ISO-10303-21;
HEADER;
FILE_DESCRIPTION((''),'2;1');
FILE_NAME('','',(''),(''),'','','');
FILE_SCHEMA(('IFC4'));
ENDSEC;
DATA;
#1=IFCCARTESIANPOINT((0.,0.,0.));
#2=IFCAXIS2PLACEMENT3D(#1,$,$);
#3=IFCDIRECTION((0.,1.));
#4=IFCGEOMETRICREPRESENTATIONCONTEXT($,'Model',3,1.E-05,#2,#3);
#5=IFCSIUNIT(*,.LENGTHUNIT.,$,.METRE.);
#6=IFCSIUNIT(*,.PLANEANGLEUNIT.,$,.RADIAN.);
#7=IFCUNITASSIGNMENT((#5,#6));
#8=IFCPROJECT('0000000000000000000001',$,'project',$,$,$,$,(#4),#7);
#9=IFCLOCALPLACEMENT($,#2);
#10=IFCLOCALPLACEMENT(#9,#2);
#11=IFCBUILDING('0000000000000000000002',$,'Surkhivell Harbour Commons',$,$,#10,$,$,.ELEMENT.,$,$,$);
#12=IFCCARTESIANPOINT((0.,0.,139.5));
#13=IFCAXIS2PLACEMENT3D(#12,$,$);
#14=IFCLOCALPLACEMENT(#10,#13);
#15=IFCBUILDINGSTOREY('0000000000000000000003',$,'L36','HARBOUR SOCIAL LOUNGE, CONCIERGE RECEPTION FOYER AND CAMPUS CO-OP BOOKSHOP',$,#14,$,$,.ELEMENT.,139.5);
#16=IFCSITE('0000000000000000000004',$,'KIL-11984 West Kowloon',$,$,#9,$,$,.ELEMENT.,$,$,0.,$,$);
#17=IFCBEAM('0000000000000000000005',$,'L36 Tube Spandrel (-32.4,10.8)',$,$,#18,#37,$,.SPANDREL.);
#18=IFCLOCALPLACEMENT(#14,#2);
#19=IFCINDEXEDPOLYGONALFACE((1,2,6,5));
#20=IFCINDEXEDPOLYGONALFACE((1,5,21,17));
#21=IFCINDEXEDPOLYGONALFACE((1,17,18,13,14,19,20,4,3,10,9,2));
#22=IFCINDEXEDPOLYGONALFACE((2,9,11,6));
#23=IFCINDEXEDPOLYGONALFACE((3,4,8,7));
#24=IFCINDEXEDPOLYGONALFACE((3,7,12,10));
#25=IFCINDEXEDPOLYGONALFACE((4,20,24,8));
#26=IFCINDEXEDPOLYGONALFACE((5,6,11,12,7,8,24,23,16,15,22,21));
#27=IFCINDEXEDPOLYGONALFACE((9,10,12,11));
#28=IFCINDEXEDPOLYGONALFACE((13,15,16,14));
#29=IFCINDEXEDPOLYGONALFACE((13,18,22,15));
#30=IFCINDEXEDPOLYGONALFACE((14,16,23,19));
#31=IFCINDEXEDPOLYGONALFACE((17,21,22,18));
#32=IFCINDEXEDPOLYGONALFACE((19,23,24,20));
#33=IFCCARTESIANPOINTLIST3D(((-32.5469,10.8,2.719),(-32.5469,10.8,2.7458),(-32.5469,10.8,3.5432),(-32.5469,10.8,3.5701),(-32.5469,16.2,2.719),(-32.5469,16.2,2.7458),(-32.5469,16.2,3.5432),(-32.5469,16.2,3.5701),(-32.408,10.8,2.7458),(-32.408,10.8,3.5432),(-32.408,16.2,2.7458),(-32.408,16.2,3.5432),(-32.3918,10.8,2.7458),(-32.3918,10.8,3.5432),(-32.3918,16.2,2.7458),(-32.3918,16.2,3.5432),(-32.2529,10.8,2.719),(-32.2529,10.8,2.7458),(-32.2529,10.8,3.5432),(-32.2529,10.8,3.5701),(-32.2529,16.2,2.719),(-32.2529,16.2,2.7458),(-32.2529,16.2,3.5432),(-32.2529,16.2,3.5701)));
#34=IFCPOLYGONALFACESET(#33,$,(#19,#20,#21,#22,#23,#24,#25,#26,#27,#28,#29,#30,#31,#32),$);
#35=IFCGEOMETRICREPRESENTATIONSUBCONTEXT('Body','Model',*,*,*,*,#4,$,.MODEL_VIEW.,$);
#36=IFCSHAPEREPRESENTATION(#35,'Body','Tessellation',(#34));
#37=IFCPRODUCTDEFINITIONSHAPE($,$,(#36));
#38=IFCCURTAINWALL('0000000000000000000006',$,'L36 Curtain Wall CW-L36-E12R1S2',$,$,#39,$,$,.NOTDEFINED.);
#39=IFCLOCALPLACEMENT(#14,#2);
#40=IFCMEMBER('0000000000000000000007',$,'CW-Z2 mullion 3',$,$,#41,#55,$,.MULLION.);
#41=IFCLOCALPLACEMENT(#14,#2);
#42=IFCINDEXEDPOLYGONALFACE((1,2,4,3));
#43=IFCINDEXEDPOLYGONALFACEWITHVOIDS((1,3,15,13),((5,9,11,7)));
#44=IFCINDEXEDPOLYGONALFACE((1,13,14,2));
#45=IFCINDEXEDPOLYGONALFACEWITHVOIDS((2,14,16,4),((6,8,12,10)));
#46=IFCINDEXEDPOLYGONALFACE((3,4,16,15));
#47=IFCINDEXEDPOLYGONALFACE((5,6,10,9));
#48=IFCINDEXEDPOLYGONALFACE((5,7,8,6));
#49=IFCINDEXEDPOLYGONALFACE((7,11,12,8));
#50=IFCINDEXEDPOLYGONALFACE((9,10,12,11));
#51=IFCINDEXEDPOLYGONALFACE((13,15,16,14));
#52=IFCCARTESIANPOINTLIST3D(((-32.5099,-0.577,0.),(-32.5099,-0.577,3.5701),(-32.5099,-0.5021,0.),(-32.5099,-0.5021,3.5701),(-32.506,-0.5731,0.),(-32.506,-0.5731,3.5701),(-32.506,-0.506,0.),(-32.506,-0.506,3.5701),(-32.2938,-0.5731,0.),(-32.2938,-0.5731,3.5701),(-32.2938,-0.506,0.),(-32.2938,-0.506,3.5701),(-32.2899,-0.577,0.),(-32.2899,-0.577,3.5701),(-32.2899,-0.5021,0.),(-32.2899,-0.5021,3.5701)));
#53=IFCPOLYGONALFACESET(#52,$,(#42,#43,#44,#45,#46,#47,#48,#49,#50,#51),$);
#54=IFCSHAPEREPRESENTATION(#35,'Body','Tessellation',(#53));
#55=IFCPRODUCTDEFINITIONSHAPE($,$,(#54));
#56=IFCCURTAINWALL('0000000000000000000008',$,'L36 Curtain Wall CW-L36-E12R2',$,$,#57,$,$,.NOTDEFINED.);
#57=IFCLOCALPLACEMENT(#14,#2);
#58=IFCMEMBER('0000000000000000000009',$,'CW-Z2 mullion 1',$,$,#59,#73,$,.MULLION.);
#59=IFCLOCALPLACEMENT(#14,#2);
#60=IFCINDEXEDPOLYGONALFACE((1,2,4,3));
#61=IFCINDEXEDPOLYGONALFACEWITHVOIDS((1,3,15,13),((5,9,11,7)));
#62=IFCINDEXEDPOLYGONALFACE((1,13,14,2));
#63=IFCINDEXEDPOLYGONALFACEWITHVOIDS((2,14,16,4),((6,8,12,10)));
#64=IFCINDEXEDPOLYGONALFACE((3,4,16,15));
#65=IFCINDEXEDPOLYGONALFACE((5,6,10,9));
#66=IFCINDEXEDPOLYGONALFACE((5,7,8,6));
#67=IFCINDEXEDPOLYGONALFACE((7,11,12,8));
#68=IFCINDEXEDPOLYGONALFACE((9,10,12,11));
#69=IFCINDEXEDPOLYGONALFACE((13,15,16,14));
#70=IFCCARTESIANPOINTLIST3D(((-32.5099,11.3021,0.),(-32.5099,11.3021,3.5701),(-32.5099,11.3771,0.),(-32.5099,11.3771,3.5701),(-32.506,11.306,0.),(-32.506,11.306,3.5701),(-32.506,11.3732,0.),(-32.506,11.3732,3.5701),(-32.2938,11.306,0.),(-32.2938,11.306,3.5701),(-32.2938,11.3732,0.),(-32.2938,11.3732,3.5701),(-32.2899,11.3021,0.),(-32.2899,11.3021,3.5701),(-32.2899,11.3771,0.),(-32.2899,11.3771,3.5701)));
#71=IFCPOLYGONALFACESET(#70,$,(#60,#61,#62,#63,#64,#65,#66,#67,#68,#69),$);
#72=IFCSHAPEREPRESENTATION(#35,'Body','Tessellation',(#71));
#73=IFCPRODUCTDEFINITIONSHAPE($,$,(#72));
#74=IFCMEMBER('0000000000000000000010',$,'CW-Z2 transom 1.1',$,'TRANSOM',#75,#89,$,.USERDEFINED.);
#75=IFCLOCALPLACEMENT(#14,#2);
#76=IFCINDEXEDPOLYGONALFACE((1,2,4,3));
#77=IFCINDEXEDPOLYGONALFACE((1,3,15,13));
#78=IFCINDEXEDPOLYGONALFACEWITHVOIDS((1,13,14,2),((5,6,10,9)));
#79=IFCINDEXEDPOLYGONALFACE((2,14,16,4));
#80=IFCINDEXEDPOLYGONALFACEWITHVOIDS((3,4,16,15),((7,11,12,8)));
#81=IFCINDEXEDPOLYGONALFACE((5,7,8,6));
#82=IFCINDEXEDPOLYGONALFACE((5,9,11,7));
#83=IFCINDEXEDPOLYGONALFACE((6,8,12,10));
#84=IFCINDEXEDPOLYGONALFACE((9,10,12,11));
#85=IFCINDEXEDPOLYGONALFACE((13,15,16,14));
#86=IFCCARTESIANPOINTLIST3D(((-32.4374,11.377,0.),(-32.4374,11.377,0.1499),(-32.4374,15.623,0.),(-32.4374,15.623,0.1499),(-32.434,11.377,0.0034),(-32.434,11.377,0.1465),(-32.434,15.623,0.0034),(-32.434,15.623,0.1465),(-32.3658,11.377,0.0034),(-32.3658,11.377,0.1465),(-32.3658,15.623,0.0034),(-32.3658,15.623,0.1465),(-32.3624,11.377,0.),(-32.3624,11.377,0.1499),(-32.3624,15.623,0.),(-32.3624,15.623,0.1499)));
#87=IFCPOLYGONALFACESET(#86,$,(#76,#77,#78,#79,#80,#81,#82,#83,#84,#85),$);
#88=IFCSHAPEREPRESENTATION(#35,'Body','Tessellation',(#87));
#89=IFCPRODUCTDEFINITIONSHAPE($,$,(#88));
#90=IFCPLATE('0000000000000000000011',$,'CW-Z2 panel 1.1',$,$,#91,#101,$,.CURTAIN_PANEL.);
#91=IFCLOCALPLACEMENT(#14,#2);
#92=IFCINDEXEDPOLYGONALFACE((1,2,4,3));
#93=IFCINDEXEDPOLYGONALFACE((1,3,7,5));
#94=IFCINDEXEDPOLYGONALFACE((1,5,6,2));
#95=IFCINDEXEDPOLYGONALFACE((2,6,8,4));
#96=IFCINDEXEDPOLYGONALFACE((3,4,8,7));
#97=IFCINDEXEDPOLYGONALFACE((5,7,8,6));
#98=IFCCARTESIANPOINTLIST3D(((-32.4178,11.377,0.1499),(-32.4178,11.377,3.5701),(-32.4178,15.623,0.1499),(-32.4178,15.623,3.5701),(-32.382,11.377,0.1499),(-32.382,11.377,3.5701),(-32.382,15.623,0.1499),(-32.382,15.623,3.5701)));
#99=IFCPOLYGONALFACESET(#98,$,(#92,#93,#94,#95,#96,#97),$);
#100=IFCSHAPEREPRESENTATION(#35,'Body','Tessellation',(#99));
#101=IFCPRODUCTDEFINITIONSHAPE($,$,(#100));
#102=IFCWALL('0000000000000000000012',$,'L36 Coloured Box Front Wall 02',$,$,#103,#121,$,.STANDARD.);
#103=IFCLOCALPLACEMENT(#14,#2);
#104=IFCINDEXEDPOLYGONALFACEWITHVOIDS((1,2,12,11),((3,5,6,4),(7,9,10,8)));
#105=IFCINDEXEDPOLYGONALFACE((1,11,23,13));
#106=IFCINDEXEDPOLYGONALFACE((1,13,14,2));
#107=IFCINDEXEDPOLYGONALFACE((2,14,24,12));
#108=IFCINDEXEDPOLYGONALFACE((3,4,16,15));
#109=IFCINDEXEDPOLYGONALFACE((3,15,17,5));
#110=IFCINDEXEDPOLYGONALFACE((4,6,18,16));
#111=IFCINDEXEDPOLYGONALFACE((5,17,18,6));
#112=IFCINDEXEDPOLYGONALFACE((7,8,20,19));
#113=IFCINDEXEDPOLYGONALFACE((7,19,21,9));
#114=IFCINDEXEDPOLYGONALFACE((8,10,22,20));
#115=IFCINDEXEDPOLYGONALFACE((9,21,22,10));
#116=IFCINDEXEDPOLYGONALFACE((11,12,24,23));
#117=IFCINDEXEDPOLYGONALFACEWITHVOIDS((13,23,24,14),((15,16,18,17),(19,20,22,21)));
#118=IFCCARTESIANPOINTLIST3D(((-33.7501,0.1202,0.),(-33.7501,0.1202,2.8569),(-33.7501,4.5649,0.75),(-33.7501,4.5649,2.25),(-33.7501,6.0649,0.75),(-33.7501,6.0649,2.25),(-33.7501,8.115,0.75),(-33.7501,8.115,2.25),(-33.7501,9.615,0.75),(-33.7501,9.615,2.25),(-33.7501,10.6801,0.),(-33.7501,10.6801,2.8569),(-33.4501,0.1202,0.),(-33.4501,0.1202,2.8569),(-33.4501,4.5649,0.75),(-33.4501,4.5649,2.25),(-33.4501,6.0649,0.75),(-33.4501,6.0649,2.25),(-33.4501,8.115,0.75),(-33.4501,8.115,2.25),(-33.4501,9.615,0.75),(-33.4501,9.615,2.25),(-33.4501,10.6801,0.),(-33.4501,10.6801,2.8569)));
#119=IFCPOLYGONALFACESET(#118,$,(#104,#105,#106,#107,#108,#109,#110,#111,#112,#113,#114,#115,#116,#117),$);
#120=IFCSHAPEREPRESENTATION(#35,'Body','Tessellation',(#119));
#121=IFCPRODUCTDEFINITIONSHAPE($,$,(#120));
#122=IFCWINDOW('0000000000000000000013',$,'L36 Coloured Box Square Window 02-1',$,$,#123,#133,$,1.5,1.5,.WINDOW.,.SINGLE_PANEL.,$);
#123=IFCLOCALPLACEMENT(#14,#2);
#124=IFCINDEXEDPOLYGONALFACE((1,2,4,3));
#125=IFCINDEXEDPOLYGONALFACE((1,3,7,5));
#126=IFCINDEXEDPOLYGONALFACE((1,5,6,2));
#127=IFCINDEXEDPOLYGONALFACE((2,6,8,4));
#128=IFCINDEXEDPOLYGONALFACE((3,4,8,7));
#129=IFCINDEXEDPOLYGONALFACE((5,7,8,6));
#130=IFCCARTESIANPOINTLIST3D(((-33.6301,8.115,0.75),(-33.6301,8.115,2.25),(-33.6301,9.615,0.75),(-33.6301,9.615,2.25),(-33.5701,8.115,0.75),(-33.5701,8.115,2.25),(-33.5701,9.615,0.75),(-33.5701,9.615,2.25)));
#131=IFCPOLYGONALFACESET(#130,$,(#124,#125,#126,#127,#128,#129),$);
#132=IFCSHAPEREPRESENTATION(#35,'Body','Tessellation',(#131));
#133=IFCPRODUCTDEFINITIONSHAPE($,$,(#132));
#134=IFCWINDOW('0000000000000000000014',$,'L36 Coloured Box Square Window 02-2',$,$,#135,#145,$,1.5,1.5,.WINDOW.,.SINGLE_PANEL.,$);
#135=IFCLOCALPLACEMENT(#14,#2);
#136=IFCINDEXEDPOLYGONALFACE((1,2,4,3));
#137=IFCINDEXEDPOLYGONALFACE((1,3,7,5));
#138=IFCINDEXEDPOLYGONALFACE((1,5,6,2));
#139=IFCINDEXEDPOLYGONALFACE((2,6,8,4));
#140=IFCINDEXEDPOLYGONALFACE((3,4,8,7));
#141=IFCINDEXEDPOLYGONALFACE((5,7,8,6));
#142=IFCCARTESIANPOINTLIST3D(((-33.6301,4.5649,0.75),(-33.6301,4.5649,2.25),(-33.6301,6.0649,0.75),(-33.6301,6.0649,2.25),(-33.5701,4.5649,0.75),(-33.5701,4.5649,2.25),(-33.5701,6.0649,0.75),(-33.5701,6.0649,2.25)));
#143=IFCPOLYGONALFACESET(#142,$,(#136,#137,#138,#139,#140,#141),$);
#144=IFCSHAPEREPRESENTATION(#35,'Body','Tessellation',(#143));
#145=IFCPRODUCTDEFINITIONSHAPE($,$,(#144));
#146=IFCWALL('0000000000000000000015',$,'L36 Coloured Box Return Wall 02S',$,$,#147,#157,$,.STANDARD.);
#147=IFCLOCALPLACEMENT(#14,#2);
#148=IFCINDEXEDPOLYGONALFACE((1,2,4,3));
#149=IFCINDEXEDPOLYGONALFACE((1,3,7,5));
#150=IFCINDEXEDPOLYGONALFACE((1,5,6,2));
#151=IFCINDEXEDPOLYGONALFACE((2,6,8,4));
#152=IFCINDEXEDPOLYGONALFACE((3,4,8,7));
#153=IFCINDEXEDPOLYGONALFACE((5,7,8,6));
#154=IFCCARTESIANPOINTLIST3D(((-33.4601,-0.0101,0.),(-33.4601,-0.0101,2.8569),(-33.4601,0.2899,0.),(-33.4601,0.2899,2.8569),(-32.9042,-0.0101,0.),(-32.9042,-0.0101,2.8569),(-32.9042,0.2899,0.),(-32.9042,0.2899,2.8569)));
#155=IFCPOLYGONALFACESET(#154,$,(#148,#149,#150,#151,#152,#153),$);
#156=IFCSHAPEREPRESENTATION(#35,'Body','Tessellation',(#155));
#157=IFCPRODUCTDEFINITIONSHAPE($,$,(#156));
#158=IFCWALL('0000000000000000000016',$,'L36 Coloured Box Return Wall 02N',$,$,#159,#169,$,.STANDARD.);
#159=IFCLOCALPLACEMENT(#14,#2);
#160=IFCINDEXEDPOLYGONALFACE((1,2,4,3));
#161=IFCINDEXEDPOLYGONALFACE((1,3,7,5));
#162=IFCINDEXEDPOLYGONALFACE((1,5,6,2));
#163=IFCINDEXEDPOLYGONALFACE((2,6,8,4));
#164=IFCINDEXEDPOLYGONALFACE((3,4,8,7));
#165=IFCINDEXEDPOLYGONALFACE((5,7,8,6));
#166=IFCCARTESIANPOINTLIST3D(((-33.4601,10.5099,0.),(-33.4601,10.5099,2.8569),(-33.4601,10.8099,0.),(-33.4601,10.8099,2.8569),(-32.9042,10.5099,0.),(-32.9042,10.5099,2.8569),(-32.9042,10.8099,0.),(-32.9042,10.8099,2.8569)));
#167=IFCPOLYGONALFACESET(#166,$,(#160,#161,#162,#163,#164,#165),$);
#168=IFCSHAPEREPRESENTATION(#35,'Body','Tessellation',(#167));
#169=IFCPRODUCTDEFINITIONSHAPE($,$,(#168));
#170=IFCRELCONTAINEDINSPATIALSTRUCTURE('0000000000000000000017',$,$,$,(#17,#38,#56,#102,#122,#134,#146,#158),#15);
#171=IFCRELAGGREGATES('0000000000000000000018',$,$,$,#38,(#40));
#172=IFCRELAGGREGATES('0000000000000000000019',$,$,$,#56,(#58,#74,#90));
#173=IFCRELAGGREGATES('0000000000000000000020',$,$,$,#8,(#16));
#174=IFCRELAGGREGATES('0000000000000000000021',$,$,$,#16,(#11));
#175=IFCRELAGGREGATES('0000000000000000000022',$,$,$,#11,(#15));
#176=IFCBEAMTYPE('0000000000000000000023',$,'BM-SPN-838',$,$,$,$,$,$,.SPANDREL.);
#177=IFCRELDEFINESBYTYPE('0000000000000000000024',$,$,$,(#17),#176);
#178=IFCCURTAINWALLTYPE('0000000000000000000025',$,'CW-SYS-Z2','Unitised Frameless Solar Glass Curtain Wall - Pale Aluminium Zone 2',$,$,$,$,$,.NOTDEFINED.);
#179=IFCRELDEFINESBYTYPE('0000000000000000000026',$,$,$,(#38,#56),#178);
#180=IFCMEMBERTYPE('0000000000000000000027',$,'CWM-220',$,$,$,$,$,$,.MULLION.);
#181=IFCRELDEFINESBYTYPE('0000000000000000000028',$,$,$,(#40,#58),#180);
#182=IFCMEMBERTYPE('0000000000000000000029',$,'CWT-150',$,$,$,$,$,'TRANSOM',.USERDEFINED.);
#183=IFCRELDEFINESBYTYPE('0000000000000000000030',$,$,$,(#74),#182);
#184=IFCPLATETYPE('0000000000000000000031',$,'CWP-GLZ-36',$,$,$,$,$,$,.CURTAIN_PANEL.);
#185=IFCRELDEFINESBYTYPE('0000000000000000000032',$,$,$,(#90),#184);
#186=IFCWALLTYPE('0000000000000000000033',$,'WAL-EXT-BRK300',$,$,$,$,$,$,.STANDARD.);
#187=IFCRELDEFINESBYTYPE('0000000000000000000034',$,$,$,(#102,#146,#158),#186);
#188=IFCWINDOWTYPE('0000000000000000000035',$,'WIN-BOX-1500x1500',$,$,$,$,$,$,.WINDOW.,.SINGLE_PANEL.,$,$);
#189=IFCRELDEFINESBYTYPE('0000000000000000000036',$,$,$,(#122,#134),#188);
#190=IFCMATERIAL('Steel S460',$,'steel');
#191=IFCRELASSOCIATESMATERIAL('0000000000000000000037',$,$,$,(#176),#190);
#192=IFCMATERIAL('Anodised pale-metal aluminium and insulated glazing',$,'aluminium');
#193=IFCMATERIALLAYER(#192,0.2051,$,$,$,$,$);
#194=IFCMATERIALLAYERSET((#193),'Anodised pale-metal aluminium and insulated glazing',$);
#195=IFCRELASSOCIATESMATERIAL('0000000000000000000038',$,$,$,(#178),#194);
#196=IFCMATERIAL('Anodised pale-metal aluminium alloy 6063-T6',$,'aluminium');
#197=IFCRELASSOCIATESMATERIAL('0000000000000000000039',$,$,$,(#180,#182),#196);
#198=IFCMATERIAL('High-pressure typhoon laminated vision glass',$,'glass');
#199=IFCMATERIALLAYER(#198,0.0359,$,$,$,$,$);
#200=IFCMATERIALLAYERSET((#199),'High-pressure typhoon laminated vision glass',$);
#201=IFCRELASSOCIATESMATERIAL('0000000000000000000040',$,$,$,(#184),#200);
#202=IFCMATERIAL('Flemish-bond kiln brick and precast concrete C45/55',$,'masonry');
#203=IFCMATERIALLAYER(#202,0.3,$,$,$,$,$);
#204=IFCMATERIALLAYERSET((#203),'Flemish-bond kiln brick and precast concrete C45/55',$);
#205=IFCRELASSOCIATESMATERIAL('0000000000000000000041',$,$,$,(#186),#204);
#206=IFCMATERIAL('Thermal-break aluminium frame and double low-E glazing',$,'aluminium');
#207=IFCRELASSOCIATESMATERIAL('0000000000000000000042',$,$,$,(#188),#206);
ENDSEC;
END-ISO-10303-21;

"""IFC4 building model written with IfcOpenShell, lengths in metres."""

from ifc_helpers import new_model, si_unit, direction, frame, frame_2d, origin, origin_2d, place, context, subcontext, project, spatial, rectangle, hollow_rectangle, i_section, extrude, material, layer, layer_set, material_profile, profile_set, type_object, element, fill, aggregate, save


model = new_model("IFC4")

# Units and contexts
model_context = context("Model", 3, precision=1e-05, world=origin(), true_north=direction((0.0, 1.0)))
body_context = subcontext(model_context, "Body", "Model", "MODEL_VIEW")
ifc_project = project(units=[si_unit("LENGTHUNIT", "METRE"), si_unit("PLANEANGLEUNIT", "RADIAN")], contexts=[model_context])

# Site, building, storey
site_placement = place(None, origin())
site = spatial("IfcSite", under=ifc_project, at=site_placement, Name="KIL-11984 West Kowloon", CompositionType="ELEMENT", RefElevation=0.0)
building_placement = place(site_placement, origin())
building = spatial("IfcBuilding", under=site, at=building_placement, Name="Surkhivell Harbour Commons", CompositionType="ELEMENT")
storey_placement = place(building_placement, frame((0.0, 0.0, 139.5)))
storey = spatial("IfcBuildingStorey", under=building, at=storey_placement, Name="L36", Description="HARBOUR SOCIAL LOUNGE, CONCIERGE RECEPTION FOYER AND CAMPUS CO-OP BOOKSHOP", CompositionType="ELEMENT", Elevation=139.5)

# Beam
ifc_material_1 = material(Name="Steel S460", Category="steel")
ifc_material_profile_1 = material_profile(ifc_material_1, i_section(OverallWidth=0.2939, OverallDepth=0.8511, WebThickness=0.0161, FlangeThickness=0.0269, at=origin_2d()), Name="UB838x292x226")
ifc_profile_set_1 = profile_set([ifc_material_profile_1], Name="Steel S460")
beam_type_1 = type_object("IfcBeamType", Name="BM-SPN-838", PredefinedType="SPANDREL", material=ifc_profile_set_1)
beam_1_placement = place(storey_placement, frame((-32.3999, 10.8, 3.1445), z_axis=(0.0, 1.0, 0.0), x_axis=(-1.0, 0.0, 0.0)))
element("IfcBeam", 1, at=beam_1_placement, inside=storey, type_object=beam_type_1, Name="L36 Tube Spandrel (-32.4,10.8)", PredefinedType="SPANDREL", context=body_context, shape_type="SweptSolid", body=[
    extrude(i_section(OverallWidth=0.2939, OverallDepth=0.8511, WebThickness=0.0161, FlangeThickness=0.0269, at=origin_2d()), origin(), (0.0, 0.0, 1.0), 5.3999),
])

# Curtain wall, member
ifc_material_2 = material(Name="Anodised pale-metal aluminium and insulated glazing", Category="aluminium")
ifc_layer_1 = layer(ifc_material_2, 0.2051)
ifc_layer_set_1 = layer_set([ifc_layer_1], Name="Anodised pale-metal aluminium and insulated glazing")
curtain_wall_type = type_object("IfcCurtainWallType", Name="CW-SYS-Z2", Description="Unitised Frameless Solar Glass Curtain Wall - Pale Aluminium Zone 2", PredefinedType="NOTDEFINED", material=ifc_layer_set_1)
curtain_wall_1_placement = place(storey_placement, origin())
curtain_wall_1 = element("IfcCurtainWall", 2, at=curtain_wall_1_placement, inside=storey, type_object=curtain_wall_type, Name="L36 Curtain Wall CW-L36-E12R1S2", PredefinedType="NOTDEFINED")
ifc_material_3 = material(Name="Anodised pale-metal aluminium alloy 6063-T6", Category="aluminium")
ifc_material_profile_2 = material_profile(ifc_material_3, hollow_rectangle(XDim=0.075, YDim=0.22, WallThickness=0.0039, at=origin_2d()), Name="ALU-MULL-75x220")
ifc_profile_set_2 = profile_set([ifc_material_profile_2], Name="Anodised pale-metal aluminium alloy 6063-T6")
member_type_1 = type_object("IfcMemberType", Name="CWM-220", PredefinedType="MULLION", material=ifc_profile_set_2)
member_1_placement = place(storey_placement, frame((-32.3999, -0.5396, 0.0), z_axis=(0.0, 0.0, 1.0), x_axis=(0.0, 1.0, 0.0)))
member_1 = element("IfcMember", 3, at=member_1_placement, type_object=member_type_1, Name="CW-Z2 mullion 3", PredefinedType="MULLION", context=body_context, shape_type="SweptSolid", body=[
    extrude(hollow_rectangle(XDim=0.075, YDim=0.22, WallThickness=0.0039, at=origin_2d()), origin(), (0.0, 0.0, 1.0), 3.5701),
])
aggregate(curtain_wall_1, [member_1])

# Curtain wall, members, plate
curtain_wall_2_placement = place(storey_placement, origin())
curtain_wall_2 = element("IfcCurtainWall", 4, at=curtain_wall_2_placement, inside=storey, type_object=curtain_wall_type, Name="L36 Curtain Wall CW-L36-E12R2", PredefinedType="NOTDEFINED")
member_2_placement = place(storey_placement, frame((-32.3999, 11.3396, 0.0), z_axis=(0.0, 0.0, 1.0), x_axis=(0.0, 1.0, 0.0)))
member_2 = element("IfcMember", 5, at=member_2_placement, type_object=member_type_1, Name="CW-Z2 mullion 1", PredefinedType="MULLION", context=body_context, shape_type="SweptSolid", body=[
    extrude(hollow_rectangle(XDim=0.075, YDim=0.22, WallThickness=0.0039, at=origin_2d()), origin(), (0.0, 0.0, 1.0), 3.5701),
])
ifc_material_profile_3 = material_profile(ifc_material_3, hollow_rectangle(XDim=0.075, YDim=0.1499, WallThickness=0.0034, at=origin_2d()), Name="ALU-TRAN-75x150")
ifc_profile_set_3 = profile_set([ifc_material_profile_3], Name="Anodised pale-metal aluminium alloy 6063-T6")
member_type_2 = type_object("IfcMemberType", Name="CWT-150", ElementType="TRANSOM", PredefinedType="USERDEFINED", material=ifc_profile_set_3)
member_3_placement = place(storey_placement, frame((-32.3999, 11.377, 0.075), z_axis=(0.0, 1.0, 0.0), x_axis=(-1.0, 0.0, 0.0)))
member_3 = element("IfcMember", 6, at=member_3_placement, type_object=member_type_2, Name="CW-Z2 transom 1.1", ObjectType="TRANSOM", PredefinedType="USERDEFINED", context=body_context, shape_type="SweptSolid", body=[
    extrude(hollow_rectangle(XDim=0.075, YDim=0.1499, WallThickness=0.0034, at=origin_2d()), origin(), (0.0, 0.0, 1.0), 4.2461),
])
ifc_material_4 = material(Name="High-pressure typhoon laminated vision glass", Category="glass")
ifc_layer_2 = layer(ifc_material_4, 0.0359)
ifc_layer_set_2 = layer_set([ifc_layer_2], Name="High-pressure typhoon laminated vision glass")
plate_type = type_object("IfcPlateType", Name="CWP-GLZ-36", PredefinedType="CURTAIN_PANEL", material=ifc_layer_set_2)
plate_placement = place(storey_placement, frame((-32.3999, 11.377, 0.1499), z_axis=(0.0, 0.0, 1.0), x_axis=(0.0, 1.0, 0.0)))
plate = element("IfcPlate", 7, at=plate_placement, type_object=plate_type, Name="CW-Z2 panel 1.1", PredefinedType="CURTAIN_PANEL", context=body_context, shape_type="SweptSolid", body=[
    extrude(rectangle(XDim=4.2461, YDim=0.0359, at=frame_2d((2.123, 0.0))), origin(), (0.0, 0.0, 1.0), 3.4202),
])
aggregate(curtain_wall_2, [member_2, member_3, plate])

# Wall, openings, windows
ifc_material_5 = material(Name="Flemish-bond kiln brick and precast concrete C45/55", Category="masonry")
ifc_layer_3 = layer(ifc_material_5, 0.3)
ifc_layer_set_3 = layer_set([ifc_layer_3], Name="Flemish-bond kiln brick and precast concrete C45/55")
wall_type_1 = type_object("IfcWallType", Name="WAL-EXT-BRK300", PredefinedType="STANDARD", material=ifc_layer_set_3)
wall_1_placement = place(storey_placement, frame((-33.6001, 10.6799, 0.0), z_axis=(0.0, 0.0, 1.0), x_axis=(0.0, -1.0, 0.0)))
wall_1 = element("IfcWall", 8, at=wall_1_placement, inside=storey, type_object=wall_type_1, Name="L36 Coloured Box Front Wall 02", PredefinedType="STANDARD", context=body_context, shape_type="SweptSolid", body=[
    extrude(rectangle(XDim=10.5598, YDim=0.3, at=frame_2d((5.2798, 0.0))), origin(), (0.0, 0.0, 1.0), 2.8569),
])
opening_1_placement = place(wall_1_placement, frame((1.0649, 0.0, 0.75)))
opening_1 = element("IfcOpeningElement", 9, at=opening_1_placement, cuts=wall_1, PredefinedType="OPENING", context=body_context, shape_type="SweptSolid", body=[
    extrude(rectangle(XDim=1.5, YDim=1.5, at=frame_2d((0.75, 0.75))), frame((0.0, 0.1599, 0.0), z_axis=(0.0, -1.0, 0.0), x_axis=(1.0, 0.0, 0.0)), (0.0, 0.0, 1.0), 0.3201),
])
opening_2_placement = place(wall_1_placement, frame((4.615, 0.0, 0.75)))
opening_2 = element("IfcOpeningElement", 10, at=opening_2_placement, cuts=wall_1, PredefinedType="OPENING", context=body_context, shape_type="SweptSolid", body=[
    extrude(rectangle(XDim=1.5, YDim=1.5, at=frame_2d((0.75, 0.75))), frame((0.0, 0.1599, 0.0), z_axis=(0.0, -1.0, 0.0), x_axis=(1.0, 0.0, 0.0)), (0.0, 0.0, 1.0), 0.3201),
])
ifc_material_6 = material(Name="Thermal-break aluminium frame and double low-E glazing", Category="aluminium")
window_type = type_object("IfcWindowType", Name="WIN-BOX-1500x1500", PartitioningType="SINGLE_PANEL", PredefinedType="WINDOW", material=ifc_material_6)
window_1_placement = place(opening_1_placement, origin())
window_1 = element("IfcWindow", 11, at=window_1_placement, inside=storey, type_object=window_type, Name="L36 Coloured Box Square Window 02-1", OverallHeight=1.5, OverallWidth=1.5, PartitioningType="SINGLE_PANEL", PredefinedType="WINDOW", context=body_context, shape_type="SweptSolid", body=[
    extrude(rectangle(XDim=1.5, YDim=1.5, at=frame_2d((0.75, 0.75))), frame((0.0, 0.03, 0.0), z_axis=(0.0, -1.0, 0.0), x_axis=(1.0, 0.0, 0.0)), (0.0, 0.0, 1.0), 0.0601),
])
fill(opening_1, window_1)
window_2_placement = place(opening_2_placement, origin())
window_2 = element("IfcWindow", 12, at=window_2_placement, inside=storey, type_object=window_type, Name="L36 Coloured Box Square Window 02-2", OverallHeight=1.5, OverallWidth=1.5, PartitioningType="SINGLE_PANEL", PredefinedType="WINDOW", context=body_context, shape_type="SweptSolid", body=[
    extrude(rectangle(XDim=1.5, YDim=1.5, at=frame_2d((0.75, 0.75))), frame((0.0, 0.03, 0.0), z_axis=(0.0, -1.0, 0.0), x_axis=(1.0, 0.0, 0.0)), (0.0, 0.0, 1.0), 0.0601),
])
fill(opening_2, window_2)

# Walls
for number, where, z_axis, x_axis, name in (
    (13, (-33.46, 0.1399, 0.0), (0.0, 0.0, 1.0), (1.0, 0.0, 0.0), "L36 Coloured Box Return Wall 02S"),
    (14, (-33.46, 10.6599, 0.0), (0.0, 0.0, 1.0), (1.0, 0.0, 0.0), "L36 Coloured Box Return Wall 02N"),
):
    element("IfcWall", number, at=place(storey_placement, frame(where, z_axis=z_axis, x_axis=x_axis)), inside=storey, type_object=wall_type_1, Name=name, PredefinedType="STANDARD", context=body_context, shape_type="SweptSolid", body=[
        extrude(rectangle(XDim=0.5559, YDim=0.3, at=frame_2d((0.2778, 0.0))), origin(), (0.0, 0.0, 1.0), 2.8569),
    ])

save(model, "model.ifc")
